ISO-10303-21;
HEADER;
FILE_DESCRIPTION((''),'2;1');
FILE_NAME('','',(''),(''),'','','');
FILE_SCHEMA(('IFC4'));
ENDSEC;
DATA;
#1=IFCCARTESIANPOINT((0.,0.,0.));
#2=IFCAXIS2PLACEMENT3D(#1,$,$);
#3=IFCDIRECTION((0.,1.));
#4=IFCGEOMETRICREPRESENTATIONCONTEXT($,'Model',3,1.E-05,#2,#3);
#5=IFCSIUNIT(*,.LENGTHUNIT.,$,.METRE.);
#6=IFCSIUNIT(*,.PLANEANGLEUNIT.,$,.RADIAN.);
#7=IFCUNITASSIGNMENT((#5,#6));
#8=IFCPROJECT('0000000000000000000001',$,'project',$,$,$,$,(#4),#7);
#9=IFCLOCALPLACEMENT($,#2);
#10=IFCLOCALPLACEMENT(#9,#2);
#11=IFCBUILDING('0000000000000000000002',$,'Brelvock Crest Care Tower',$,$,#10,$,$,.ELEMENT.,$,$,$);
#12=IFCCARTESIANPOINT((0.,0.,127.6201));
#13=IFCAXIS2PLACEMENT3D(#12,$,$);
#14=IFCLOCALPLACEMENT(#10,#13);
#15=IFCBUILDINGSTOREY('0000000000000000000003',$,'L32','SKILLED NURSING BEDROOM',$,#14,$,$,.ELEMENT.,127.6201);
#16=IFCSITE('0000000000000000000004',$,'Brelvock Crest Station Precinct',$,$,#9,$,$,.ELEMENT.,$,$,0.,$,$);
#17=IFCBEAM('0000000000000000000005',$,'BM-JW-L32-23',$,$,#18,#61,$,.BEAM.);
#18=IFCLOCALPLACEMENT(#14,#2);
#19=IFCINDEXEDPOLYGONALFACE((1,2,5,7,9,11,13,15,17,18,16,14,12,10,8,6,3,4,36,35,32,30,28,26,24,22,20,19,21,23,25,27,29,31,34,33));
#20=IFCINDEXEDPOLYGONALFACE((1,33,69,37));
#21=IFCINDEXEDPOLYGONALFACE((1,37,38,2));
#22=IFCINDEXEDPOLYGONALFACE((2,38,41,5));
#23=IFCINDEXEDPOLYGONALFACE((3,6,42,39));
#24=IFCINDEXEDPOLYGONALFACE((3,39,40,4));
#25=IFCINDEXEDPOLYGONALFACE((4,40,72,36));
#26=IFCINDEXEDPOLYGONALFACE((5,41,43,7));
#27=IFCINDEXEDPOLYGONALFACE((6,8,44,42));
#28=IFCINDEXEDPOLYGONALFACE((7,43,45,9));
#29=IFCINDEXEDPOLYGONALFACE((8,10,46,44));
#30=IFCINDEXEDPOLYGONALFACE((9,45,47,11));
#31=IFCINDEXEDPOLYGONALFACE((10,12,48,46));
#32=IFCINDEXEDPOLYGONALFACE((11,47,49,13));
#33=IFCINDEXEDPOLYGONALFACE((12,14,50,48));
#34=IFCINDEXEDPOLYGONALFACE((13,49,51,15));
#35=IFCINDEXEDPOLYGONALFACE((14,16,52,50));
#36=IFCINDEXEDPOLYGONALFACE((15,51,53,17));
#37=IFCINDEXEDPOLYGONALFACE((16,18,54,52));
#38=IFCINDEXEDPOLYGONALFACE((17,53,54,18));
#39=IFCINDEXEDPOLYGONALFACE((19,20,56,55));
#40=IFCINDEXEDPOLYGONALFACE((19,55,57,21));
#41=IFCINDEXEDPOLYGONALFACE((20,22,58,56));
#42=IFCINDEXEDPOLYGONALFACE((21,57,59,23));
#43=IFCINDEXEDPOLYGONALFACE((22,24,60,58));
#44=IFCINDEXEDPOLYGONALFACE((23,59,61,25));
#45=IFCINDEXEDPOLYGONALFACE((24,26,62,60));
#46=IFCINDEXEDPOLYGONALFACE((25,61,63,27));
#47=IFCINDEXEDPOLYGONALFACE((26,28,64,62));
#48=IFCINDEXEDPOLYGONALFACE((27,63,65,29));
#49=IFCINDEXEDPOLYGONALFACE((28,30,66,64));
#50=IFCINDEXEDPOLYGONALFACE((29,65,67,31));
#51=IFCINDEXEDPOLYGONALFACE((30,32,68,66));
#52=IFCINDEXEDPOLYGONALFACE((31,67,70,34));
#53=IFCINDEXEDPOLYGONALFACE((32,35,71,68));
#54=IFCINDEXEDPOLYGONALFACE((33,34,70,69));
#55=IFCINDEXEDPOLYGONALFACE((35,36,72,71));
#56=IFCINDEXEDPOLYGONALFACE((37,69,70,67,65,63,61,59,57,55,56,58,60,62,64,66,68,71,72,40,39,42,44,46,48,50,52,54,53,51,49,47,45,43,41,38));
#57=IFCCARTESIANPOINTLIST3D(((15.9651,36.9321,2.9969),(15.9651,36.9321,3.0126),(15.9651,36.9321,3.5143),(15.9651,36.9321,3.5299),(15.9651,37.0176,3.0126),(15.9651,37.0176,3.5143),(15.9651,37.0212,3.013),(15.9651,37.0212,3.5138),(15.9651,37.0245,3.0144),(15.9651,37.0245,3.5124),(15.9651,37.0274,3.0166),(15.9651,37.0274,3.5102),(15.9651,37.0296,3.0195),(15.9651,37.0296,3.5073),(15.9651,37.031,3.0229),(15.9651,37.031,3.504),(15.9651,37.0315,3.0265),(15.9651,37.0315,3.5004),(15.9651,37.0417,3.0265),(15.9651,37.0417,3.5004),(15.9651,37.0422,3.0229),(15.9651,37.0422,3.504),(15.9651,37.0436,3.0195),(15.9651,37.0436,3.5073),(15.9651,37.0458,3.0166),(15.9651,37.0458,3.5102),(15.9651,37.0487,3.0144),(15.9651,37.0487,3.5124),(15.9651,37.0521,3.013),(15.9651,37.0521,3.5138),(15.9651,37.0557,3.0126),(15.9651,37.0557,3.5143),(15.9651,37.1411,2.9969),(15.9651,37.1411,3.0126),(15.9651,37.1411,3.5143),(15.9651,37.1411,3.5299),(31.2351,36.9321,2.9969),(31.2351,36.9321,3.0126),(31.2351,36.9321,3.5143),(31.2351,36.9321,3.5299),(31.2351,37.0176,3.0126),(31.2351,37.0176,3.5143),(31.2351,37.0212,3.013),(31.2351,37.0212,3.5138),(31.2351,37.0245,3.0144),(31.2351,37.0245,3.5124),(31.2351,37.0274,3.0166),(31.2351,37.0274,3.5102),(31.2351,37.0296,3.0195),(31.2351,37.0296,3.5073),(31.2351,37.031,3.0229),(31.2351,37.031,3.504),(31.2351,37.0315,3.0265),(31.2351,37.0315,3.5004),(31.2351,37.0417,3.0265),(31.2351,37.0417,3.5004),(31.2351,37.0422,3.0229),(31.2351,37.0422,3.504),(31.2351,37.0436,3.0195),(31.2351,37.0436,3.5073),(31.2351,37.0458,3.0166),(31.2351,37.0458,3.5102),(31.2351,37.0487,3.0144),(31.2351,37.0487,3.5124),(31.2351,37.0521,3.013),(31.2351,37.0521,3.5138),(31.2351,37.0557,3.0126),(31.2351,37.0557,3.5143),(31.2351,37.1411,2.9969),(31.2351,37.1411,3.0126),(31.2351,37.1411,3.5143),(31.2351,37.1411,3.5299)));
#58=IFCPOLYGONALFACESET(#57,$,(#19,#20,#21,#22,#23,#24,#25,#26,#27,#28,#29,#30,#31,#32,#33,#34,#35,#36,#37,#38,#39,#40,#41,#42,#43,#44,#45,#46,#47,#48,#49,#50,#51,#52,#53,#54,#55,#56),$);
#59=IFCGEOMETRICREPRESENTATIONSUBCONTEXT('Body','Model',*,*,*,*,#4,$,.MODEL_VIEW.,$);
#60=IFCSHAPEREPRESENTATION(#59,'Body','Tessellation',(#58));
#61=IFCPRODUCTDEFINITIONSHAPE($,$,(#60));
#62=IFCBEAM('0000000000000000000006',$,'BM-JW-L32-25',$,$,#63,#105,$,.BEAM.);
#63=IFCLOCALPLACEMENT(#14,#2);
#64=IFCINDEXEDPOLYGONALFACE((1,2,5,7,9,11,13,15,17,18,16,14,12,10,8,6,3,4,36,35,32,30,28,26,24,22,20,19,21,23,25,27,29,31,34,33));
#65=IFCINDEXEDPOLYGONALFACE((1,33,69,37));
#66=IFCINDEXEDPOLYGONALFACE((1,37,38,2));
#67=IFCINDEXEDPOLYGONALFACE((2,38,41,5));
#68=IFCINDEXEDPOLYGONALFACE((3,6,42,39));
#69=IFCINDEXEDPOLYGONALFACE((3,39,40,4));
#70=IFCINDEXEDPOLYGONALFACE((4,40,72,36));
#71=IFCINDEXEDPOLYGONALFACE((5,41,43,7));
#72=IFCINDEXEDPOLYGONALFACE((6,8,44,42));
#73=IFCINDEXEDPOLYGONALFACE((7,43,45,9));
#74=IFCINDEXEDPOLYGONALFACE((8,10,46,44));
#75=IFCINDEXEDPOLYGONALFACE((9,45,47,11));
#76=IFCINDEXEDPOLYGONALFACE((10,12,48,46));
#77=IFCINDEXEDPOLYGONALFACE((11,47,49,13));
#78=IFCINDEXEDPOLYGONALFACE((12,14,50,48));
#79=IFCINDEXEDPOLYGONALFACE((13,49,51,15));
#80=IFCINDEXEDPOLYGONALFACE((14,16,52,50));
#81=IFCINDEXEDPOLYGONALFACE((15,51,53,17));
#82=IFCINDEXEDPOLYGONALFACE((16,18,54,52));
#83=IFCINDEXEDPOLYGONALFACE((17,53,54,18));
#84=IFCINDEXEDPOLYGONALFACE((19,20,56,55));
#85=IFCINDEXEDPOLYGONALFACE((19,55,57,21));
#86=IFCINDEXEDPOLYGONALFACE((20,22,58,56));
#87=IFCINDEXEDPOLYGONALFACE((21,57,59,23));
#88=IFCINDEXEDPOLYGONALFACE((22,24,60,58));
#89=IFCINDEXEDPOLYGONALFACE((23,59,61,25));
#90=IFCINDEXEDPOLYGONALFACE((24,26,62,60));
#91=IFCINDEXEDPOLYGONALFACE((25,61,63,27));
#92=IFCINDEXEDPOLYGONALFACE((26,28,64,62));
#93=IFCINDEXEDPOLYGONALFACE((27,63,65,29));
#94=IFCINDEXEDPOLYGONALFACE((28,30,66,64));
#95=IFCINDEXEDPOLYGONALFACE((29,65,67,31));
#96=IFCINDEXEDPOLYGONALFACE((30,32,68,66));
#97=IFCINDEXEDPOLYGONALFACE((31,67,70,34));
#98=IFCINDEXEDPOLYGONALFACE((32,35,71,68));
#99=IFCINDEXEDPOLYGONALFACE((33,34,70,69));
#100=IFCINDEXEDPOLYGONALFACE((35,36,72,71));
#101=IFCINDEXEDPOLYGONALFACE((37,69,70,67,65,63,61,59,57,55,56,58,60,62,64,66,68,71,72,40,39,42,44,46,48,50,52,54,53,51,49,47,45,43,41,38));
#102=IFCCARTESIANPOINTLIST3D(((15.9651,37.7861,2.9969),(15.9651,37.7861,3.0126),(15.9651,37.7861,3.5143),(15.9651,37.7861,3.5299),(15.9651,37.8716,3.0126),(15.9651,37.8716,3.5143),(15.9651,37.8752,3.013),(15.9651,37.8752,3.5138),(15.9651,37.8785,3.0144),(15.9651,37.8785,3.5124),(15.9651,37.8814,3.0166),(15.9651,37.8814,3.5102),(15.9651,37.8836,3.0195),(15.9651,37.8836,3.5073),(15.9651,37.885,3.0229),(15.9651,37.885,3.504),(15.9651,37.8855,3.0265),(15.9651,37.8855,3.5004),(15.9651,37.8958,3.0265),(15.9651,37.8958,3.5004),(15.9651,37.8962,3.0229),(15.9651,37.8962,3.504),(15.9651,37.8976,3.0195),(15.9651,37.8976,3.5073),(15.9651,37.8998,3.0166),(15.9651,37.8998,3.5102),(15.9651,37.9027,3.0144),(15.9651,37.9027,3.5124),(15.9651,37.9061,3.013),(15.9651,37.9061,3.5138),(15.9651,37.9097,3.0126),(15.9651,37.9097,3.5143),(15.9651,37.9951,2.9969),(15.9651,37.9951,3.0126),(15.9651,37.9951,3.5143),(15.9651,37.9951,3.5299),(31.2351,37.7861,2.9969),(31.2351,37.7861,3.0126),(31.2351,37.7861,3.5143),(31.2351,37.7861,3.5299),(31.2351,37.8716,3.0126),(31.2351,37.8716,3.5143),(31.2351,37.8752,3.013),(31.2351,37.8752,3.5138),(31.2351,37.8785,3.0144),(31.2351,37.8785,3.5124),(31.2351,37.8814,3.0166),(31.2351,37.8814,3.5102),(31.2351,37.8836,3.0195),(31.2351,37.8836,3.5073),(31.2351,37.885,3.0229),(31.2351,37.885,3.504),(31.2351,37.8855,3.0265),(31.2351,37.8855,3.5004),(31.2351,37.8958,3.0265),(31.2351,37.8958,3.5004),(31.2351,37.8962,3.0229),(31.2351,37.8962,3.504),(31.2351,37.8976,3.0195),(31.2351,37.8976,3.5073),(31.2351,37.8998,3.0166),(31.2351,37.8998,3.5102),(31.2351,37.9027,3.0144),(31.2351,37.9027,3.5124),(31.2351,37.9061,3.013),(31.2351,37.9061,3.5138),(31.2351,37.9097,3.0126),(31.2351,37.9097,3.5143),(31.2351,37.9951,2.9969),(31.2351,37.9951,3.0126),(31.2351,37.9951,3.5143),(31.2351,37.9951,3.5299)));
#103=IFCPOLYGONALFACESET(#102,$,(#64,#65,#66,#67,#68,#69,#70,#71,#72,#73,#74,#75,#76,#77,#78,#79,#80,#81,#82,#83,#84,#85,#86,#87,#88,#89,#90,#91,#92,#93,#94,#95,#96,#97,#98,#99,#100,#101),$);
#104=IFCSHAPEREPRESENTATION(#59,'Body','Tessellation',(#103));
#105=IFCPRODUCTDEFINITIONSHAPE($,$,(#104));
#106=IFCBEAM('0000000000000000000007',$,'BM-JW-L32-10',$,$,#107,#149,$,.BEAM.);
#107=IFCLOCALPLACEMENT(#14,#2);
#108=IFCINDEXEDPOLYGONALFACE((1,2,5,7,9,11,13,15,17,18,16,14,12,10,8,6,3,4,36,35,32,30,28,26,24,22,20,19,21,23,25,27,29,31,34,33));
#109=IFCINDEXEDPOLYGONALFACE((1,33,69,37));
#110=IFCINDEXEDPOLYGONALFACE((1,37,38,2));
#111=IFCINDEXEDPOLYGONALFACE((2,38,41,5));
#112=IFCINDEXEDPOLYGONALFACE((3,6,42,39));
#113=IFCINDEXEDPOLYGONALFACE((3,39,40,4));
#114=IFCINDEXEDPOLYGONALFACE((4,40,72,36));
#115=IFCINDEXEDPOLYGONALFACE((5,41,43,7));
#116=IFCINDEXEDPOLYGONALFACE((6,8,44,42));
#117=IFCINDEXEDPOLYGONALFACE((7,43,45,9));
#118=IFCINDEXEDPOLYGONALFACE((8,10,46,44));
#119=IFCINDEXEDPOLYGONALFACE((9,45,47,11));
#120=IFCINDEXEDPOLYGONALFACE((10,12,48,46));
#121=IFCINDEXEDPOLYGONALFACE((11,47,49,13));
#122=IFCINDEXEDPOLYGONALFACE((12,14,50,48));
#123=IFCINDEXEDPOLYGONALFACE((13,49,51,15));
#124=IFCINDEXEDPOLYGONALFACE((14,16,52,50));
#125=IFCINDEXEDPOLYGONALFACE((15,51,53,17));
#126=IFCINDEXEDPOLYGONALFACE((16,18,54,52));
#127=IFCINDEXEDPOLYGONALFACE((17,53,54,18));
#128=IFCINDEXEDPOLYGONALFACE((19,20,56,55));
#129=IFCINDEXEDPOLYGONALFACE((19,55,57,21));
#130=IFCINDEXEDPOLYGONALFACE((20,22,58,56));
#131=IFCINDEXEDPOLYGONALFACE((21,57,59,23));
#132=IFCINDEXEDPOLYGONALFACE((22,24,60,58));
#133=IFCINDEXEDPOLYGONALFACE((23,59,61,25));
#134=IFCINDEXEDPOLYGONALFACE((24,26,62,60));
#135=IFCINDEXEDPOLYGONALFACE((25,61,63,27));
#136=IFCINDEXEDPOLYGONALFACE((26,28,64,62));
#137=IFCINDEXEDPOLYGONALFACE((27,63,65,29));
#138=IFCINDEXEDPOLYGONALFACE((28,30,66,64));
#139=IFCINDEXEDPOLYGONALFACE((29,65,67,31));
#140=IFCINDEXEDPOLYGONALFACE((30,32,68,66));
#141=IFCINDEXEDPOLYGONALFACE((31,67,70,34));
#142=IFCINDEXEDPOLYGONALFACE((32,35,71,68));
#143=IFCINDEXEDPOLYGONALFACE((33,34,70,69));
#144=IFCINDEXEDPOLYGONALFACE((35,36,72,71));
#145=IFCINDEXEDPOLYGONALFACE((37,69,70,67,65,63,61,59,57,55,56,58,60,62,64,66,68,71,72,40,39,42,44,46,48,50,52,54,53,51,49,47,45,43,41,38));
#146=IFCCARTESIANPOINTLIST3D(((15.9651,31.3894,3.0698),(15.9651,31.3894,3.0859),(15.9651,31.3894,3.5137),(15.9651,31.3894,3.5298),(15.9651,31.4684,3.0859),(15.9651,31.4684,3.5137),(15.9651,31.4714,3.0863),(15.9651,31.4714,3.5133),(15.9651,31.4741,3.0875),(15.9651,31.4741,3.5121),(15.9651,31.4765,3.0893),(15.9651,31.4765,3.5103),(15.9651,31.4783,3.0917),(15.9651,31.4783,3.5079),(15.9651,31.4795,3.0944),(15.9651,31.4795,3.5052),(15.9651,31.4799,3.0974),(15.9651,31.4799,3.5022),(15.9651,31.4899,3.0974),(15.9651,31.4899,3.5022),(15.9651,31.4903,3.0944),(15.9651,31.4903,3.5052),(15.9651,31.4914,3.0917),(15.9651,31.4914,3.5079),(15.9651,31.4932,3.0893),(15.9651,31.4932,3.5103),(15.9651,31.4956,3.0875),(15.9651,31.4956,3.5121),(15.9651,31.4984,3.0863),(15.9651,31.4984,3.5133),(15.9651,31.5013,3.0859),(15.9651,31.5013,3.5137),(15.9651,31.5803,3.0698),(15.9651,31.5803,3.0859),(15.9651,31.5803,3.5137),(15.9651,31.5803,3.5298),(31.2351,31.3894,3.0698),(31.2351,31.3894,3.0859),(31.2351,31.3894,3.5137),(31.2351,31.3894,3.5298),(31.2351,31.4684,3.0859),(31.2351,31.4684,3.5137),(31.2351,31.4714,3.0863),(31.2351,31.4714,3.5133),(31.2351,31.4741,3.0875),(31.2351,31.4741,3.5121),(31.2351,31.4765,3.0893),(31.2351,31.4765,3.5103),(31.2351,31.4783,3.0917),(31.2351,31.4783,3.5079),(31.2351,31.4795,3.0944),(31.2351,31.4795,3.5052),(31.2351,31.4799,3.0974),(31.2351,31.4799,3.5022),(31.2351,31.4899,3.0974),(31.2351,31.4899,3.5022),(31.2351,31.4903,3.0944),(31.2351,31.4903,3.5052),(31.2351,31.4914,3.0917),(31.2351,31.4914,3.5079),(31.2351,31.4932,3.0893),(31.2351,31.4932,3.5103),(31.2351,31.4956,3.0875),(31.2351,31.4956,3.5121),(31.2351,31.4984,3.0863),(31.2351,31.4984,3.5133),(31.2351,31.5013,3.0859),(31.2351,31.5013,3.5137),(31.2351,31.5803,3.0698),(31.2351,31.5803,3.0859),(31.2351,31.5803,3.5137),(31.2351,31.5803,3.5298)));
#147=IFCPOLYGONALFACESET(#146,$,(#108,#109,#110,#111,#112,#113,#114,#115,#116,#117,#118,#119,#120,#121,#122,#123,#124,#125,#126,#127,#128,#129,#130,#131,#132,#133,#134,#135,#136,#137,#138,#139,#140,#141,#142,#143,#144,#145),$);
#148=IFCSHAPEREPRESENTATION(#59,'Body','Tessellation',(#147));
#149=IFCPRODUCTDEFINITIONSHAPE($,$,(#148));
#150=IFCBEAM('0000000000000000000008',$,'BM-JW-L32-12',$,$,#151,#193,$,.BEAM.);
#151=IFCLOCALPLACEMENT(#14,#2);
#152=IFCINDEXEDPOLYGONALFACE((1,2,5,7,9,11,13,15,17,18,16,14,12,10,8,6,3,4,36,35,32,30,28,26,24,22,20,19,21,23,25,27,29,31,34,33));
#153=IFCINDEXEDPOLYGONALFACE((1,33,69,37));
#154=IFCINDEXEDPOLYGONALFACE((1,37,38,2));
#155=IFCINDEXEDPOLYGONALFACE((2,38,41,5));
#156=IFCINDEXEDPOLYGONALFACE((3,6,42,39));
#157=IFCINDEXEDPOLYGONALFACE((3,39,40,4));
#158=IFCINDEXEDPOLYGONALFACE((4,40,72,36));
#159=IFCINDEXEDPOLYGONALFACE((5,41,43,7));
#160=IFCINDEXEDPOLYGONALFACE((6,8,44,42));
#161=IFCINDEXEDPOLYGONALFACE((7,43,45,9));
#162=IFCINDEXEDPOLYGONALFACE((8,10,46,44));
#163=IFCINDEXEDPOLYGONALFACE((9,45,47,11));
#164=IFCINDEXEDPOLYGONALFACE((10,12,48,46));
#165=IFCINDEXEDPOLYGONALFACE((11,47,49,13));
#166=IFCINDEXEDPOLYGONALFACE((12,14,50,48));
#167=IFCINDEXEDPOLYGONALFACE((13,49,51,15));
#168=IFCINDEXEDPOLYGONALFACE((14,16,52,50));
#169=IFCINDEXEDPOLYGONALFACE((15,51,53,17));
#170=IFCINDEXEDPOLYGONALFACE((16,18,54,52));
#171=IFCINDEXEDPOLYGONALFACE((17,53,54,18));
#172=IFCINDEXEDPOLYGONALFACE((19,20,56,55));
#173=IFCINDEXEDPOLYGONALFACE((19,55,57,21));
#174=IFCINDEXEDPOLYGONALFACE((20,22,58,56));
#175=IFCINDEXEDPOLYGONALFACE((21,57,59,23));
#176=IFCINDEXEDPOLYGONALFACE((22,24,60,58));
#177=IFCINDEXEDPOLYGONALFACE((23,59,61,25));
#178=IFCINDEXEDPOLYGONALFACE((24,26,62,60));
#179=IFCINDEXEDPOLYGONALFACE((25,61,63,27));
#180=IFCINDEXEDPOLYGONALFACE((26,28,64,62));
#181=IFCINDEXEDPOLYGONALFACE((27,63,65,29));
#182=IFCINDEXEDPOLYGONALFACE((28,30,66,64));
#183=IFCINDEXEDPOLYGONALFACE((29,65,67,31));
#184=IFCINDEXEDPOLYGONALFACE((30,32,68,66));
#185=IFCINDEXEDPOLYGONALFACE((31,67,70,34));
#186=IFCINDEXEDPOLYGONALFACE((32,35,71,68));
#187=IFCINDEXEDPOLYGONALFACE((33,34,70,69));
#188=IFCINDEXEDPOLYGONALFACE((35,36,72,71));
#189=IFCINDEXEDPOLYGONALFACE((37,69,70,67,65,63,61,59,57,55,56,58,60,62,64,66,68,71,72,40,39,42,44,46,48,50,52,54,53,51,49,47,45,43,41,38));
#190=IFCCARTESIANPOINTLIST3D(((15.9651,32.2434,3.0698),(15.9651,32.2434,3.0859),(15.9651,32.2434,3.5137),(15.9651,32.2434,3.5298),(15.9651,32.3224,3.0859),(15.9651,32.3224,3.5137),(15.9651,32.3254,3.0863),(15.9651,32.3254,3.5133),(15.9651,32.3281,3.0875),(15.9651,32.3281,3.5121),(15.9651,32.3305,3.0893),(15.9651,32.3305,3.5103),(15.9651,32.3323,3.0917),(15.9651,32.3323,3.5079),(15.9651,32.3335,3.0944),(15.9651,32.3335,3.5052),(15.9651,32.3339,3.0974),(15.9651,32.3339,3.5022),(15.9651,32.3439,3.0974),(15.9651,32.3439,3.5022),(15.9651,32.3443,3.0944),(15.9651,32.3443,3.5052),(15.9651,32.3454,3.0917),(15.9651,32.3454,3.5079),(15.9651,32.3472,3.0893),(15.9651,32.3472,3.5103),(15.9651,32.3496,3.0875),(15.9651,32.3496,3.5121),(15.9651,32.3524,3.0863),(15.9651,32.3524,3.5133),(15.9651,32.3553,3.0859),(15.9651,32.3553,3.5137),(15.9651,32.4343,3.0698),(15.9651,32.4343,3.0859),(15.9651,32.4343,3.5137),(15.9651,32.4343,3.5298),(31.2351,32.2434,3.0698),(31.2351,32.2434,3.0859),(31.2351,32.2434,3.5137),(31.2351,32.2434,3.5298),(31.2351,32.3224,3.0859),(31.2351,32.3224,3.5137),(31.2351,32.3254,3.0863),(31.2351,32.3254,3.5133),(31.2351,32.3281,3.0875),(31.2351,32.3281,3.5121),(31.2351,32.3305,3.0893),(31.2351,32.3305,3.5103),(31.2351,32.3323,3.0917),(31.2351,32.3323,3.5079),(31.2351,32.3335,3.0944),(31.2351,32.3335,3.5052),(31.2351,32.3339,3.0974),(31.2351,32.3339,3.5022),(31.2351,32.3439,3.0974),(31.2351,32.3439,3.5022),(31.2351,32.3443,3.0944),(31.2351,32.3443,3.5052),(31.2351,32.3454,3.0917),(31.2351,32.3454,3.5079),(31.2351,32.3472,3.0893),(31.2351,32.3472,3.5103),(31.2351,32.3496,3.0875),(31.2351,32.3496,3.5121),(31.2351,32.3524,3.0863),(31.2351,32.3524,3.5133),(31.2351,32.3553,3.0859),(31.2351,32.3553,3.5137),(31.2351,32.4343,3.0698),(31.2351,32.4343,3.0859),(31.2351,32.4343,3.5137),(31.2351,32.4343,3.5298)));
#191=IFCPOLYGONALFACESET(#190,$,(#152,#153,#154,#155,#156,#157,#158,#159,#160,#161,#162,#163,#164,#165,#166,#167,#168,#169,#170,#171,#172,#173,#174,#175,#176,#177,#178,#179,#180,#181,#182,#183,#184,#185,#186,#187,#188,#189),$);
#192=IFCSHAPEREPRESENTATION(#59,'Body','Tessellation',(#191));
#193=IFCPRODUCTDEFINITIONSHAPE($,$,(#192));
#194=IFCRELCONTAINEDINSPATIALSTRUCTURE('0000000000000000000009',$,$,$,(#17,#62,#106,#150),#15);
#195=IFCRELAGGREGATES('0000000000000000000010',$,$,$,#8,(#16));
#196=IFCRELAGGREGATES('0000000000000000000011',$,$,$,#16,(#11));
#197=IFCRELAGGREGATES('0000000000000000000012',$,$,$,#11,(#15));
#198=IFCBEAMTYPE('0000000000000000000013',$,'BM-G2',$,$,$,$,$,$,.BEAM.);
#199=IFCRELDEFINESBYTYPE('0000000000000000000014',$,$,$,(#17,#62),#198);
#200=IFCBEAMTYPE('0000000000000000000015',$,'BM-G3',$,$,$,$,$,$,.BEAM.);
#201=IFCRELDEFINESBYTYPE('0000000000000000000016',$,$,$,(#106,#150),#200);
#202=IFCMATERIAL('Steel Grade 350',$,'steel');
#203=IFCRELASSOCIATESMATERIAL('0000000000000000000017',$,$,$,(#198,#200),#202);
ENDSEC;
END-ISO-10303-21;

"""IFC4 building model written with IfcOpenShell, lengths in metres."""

from ifc_helpers import new_model, si_unit, direction, frame, origin, origin_2d, place, context, subcontext, project, spatial, i_section, extrude, source, transform, mapped, material, material_profile, profile_set, type_object, element, save


model = new_model("IFC4")

# Units and contexts
model_context = context("Model", 3, precision=1e-05, world=origin(), true_north=direction((0.0, 1.0)))
body_context = subcontext(model_context, "Body", "Model", "MODEL_VIEW")
ifc_project = project(units=[si_unit("LENGTHUNIT", "METRE"), si_unit("PLANEANGLEUNIT", "RADIAN")], contexts=[model_context])

# Site, building, storey
site_placement = place(None, origin())
site = spatial("IfcSite", under=ifc_project, at=site_placement, Name="Brelvock Crest Station Precinct", CompositionType="ELEMENT", RefElevation=0.0)
building_placement = place(site_placement, origin())
building = spatial("IfcBuilding", under=site, at=building_placement, Name="Brelvock Crest Care Tower", CompositionType="ELEMENT")
storey_placement = place(building_placement, frame((0.0, 0.0, 127.6201)))
storey = spatial("IfcBuildingStorey", under=building, at=storey_placement, Name="L32", Description="SKILLED NURSING BEDROOM", CompositionType="ELEMENT", Elevation=127.6201)

# Shared definitions
ifc_material_1 = material(Name="Steel Grade 350", Category="steel")

# Beams
ifc_material_profile_1 = material_profile(ifc_material_1, i_section(OverallWidth=0.209, OverallDepth=0.533, WebThickness=0.0103, FlangeThickness=0.0156, FilletRadius=0.0139, at=origin_2d()), Name="530UB92.4")
ifc_profile_set_1 = profile_set([ifc_material_profile_1], Name="Steel Grade 350")
beam_type_1 = type_object("IfcBeamType", Name="BM-G2", PredefinedType="BEAM", material=ifc_profile_set_1)
shared_shape_1 = source(origin(), body_context, "Body", "SweptSolid", [
    extrude(i_section(OverallWidth=0.209, OverallDepth=0.533, WebThickness=0.0103, FlangeThickness=0.0156, FilletRadius=0.0139, at=origin_2d()), origin(), (0.0, 0.0, 1.0), 15.27),
])
for number, where, z_axis, x_axis, name in (
    (1, (15.9651, 37.0366, 3.2634), (1.0, 0.0, 0.0), (0.0, 1.0, 0.0), "BM-JW-L32-23"),
    (2, (15.9651, 37.8906, 3.2634), (1.0, 0.0, 0.0), (0.0, 1.0, 0.0), "BM-JW-L32-25"),
):
    element("IfcBeam", number, at=place(storey_placement, frame(where, z_axis=z_axis, x_axis=x_axis)), inside=storey, type_object=beam_type_1, Name=name, PredefinedType="BEAM", context=body_context, shape_type="MappedRepresentation", body=[
        mapped(shared_shape_1, transform((0.0, 0.0, 0.0), x_axis=(1.0, 0.0, 0.0), y_axis=(0.0, 1.0, 0.0), z_axis=(0.0, 0.0, 1.0), scale=1.0)),
    ])
ifc_material_profile_2 = material_profile(ifc_material_1, i_section(OverallWidth=0.1909, OverallDepth=0.46, WebThickness=0.01, FlangeThickness=0.0161, FilletRadius=0.0115, at=origin_2d()), Name="460UB82.1")
ifc_profile_set_2 = profile_set([ifc_material_profile_2], Name="Steel Grade 350")
beam_type_2 = type_object("IfcBeamType", Name="BM-G3", PredefinedType="BEAM", material=ifc_profile_set_2)
shared_shape_2 = source(origin(), body_context, "Body", "SweptSolid", [
    extrude(i_section(OverallWidth=0.1909, OverallDepth=0.46, WebThickness=0.01, FlangeThickness=0.0161, FilletRadius=0.0115, at=origin_2d()), origin(), (0.0, 0.0, 1.0), 15.27),
])
for number, where, z_axis, x_axis, name in (
    (3, (15.9651, 31.4849, 3.2998), (1.0, 0.0, 0.0), (0.0, 1.0, 0.0), "BM-JW-L32-10"),
    (4, (15.9651, 32.3389, 3.2998), (1.0, 0.0, 0.0), (0.0, 1.0, 0.0), "BM-JW-L32-12"),
):
    element("IfcBeam", number, at=place(storey_placement, frame(where, z_axis=z_axis, x_axis=x_axis)), inside=storey, type_object=beam_type_2, Name=name, PredefinedType="BEAM", context=body_context, shape_type="MappedRepresentation", body=[
        mapped(shared_shape_2, transform((0.0, 0.0, 0.0), x_axis=(1.0, 0.0, 0.0), y_axis=(0.0, 1.0, 0.0), z_axis=(0.0, 0.0, 1.0), scale=1.0)),
    ])

save(model, "model.ifc")
